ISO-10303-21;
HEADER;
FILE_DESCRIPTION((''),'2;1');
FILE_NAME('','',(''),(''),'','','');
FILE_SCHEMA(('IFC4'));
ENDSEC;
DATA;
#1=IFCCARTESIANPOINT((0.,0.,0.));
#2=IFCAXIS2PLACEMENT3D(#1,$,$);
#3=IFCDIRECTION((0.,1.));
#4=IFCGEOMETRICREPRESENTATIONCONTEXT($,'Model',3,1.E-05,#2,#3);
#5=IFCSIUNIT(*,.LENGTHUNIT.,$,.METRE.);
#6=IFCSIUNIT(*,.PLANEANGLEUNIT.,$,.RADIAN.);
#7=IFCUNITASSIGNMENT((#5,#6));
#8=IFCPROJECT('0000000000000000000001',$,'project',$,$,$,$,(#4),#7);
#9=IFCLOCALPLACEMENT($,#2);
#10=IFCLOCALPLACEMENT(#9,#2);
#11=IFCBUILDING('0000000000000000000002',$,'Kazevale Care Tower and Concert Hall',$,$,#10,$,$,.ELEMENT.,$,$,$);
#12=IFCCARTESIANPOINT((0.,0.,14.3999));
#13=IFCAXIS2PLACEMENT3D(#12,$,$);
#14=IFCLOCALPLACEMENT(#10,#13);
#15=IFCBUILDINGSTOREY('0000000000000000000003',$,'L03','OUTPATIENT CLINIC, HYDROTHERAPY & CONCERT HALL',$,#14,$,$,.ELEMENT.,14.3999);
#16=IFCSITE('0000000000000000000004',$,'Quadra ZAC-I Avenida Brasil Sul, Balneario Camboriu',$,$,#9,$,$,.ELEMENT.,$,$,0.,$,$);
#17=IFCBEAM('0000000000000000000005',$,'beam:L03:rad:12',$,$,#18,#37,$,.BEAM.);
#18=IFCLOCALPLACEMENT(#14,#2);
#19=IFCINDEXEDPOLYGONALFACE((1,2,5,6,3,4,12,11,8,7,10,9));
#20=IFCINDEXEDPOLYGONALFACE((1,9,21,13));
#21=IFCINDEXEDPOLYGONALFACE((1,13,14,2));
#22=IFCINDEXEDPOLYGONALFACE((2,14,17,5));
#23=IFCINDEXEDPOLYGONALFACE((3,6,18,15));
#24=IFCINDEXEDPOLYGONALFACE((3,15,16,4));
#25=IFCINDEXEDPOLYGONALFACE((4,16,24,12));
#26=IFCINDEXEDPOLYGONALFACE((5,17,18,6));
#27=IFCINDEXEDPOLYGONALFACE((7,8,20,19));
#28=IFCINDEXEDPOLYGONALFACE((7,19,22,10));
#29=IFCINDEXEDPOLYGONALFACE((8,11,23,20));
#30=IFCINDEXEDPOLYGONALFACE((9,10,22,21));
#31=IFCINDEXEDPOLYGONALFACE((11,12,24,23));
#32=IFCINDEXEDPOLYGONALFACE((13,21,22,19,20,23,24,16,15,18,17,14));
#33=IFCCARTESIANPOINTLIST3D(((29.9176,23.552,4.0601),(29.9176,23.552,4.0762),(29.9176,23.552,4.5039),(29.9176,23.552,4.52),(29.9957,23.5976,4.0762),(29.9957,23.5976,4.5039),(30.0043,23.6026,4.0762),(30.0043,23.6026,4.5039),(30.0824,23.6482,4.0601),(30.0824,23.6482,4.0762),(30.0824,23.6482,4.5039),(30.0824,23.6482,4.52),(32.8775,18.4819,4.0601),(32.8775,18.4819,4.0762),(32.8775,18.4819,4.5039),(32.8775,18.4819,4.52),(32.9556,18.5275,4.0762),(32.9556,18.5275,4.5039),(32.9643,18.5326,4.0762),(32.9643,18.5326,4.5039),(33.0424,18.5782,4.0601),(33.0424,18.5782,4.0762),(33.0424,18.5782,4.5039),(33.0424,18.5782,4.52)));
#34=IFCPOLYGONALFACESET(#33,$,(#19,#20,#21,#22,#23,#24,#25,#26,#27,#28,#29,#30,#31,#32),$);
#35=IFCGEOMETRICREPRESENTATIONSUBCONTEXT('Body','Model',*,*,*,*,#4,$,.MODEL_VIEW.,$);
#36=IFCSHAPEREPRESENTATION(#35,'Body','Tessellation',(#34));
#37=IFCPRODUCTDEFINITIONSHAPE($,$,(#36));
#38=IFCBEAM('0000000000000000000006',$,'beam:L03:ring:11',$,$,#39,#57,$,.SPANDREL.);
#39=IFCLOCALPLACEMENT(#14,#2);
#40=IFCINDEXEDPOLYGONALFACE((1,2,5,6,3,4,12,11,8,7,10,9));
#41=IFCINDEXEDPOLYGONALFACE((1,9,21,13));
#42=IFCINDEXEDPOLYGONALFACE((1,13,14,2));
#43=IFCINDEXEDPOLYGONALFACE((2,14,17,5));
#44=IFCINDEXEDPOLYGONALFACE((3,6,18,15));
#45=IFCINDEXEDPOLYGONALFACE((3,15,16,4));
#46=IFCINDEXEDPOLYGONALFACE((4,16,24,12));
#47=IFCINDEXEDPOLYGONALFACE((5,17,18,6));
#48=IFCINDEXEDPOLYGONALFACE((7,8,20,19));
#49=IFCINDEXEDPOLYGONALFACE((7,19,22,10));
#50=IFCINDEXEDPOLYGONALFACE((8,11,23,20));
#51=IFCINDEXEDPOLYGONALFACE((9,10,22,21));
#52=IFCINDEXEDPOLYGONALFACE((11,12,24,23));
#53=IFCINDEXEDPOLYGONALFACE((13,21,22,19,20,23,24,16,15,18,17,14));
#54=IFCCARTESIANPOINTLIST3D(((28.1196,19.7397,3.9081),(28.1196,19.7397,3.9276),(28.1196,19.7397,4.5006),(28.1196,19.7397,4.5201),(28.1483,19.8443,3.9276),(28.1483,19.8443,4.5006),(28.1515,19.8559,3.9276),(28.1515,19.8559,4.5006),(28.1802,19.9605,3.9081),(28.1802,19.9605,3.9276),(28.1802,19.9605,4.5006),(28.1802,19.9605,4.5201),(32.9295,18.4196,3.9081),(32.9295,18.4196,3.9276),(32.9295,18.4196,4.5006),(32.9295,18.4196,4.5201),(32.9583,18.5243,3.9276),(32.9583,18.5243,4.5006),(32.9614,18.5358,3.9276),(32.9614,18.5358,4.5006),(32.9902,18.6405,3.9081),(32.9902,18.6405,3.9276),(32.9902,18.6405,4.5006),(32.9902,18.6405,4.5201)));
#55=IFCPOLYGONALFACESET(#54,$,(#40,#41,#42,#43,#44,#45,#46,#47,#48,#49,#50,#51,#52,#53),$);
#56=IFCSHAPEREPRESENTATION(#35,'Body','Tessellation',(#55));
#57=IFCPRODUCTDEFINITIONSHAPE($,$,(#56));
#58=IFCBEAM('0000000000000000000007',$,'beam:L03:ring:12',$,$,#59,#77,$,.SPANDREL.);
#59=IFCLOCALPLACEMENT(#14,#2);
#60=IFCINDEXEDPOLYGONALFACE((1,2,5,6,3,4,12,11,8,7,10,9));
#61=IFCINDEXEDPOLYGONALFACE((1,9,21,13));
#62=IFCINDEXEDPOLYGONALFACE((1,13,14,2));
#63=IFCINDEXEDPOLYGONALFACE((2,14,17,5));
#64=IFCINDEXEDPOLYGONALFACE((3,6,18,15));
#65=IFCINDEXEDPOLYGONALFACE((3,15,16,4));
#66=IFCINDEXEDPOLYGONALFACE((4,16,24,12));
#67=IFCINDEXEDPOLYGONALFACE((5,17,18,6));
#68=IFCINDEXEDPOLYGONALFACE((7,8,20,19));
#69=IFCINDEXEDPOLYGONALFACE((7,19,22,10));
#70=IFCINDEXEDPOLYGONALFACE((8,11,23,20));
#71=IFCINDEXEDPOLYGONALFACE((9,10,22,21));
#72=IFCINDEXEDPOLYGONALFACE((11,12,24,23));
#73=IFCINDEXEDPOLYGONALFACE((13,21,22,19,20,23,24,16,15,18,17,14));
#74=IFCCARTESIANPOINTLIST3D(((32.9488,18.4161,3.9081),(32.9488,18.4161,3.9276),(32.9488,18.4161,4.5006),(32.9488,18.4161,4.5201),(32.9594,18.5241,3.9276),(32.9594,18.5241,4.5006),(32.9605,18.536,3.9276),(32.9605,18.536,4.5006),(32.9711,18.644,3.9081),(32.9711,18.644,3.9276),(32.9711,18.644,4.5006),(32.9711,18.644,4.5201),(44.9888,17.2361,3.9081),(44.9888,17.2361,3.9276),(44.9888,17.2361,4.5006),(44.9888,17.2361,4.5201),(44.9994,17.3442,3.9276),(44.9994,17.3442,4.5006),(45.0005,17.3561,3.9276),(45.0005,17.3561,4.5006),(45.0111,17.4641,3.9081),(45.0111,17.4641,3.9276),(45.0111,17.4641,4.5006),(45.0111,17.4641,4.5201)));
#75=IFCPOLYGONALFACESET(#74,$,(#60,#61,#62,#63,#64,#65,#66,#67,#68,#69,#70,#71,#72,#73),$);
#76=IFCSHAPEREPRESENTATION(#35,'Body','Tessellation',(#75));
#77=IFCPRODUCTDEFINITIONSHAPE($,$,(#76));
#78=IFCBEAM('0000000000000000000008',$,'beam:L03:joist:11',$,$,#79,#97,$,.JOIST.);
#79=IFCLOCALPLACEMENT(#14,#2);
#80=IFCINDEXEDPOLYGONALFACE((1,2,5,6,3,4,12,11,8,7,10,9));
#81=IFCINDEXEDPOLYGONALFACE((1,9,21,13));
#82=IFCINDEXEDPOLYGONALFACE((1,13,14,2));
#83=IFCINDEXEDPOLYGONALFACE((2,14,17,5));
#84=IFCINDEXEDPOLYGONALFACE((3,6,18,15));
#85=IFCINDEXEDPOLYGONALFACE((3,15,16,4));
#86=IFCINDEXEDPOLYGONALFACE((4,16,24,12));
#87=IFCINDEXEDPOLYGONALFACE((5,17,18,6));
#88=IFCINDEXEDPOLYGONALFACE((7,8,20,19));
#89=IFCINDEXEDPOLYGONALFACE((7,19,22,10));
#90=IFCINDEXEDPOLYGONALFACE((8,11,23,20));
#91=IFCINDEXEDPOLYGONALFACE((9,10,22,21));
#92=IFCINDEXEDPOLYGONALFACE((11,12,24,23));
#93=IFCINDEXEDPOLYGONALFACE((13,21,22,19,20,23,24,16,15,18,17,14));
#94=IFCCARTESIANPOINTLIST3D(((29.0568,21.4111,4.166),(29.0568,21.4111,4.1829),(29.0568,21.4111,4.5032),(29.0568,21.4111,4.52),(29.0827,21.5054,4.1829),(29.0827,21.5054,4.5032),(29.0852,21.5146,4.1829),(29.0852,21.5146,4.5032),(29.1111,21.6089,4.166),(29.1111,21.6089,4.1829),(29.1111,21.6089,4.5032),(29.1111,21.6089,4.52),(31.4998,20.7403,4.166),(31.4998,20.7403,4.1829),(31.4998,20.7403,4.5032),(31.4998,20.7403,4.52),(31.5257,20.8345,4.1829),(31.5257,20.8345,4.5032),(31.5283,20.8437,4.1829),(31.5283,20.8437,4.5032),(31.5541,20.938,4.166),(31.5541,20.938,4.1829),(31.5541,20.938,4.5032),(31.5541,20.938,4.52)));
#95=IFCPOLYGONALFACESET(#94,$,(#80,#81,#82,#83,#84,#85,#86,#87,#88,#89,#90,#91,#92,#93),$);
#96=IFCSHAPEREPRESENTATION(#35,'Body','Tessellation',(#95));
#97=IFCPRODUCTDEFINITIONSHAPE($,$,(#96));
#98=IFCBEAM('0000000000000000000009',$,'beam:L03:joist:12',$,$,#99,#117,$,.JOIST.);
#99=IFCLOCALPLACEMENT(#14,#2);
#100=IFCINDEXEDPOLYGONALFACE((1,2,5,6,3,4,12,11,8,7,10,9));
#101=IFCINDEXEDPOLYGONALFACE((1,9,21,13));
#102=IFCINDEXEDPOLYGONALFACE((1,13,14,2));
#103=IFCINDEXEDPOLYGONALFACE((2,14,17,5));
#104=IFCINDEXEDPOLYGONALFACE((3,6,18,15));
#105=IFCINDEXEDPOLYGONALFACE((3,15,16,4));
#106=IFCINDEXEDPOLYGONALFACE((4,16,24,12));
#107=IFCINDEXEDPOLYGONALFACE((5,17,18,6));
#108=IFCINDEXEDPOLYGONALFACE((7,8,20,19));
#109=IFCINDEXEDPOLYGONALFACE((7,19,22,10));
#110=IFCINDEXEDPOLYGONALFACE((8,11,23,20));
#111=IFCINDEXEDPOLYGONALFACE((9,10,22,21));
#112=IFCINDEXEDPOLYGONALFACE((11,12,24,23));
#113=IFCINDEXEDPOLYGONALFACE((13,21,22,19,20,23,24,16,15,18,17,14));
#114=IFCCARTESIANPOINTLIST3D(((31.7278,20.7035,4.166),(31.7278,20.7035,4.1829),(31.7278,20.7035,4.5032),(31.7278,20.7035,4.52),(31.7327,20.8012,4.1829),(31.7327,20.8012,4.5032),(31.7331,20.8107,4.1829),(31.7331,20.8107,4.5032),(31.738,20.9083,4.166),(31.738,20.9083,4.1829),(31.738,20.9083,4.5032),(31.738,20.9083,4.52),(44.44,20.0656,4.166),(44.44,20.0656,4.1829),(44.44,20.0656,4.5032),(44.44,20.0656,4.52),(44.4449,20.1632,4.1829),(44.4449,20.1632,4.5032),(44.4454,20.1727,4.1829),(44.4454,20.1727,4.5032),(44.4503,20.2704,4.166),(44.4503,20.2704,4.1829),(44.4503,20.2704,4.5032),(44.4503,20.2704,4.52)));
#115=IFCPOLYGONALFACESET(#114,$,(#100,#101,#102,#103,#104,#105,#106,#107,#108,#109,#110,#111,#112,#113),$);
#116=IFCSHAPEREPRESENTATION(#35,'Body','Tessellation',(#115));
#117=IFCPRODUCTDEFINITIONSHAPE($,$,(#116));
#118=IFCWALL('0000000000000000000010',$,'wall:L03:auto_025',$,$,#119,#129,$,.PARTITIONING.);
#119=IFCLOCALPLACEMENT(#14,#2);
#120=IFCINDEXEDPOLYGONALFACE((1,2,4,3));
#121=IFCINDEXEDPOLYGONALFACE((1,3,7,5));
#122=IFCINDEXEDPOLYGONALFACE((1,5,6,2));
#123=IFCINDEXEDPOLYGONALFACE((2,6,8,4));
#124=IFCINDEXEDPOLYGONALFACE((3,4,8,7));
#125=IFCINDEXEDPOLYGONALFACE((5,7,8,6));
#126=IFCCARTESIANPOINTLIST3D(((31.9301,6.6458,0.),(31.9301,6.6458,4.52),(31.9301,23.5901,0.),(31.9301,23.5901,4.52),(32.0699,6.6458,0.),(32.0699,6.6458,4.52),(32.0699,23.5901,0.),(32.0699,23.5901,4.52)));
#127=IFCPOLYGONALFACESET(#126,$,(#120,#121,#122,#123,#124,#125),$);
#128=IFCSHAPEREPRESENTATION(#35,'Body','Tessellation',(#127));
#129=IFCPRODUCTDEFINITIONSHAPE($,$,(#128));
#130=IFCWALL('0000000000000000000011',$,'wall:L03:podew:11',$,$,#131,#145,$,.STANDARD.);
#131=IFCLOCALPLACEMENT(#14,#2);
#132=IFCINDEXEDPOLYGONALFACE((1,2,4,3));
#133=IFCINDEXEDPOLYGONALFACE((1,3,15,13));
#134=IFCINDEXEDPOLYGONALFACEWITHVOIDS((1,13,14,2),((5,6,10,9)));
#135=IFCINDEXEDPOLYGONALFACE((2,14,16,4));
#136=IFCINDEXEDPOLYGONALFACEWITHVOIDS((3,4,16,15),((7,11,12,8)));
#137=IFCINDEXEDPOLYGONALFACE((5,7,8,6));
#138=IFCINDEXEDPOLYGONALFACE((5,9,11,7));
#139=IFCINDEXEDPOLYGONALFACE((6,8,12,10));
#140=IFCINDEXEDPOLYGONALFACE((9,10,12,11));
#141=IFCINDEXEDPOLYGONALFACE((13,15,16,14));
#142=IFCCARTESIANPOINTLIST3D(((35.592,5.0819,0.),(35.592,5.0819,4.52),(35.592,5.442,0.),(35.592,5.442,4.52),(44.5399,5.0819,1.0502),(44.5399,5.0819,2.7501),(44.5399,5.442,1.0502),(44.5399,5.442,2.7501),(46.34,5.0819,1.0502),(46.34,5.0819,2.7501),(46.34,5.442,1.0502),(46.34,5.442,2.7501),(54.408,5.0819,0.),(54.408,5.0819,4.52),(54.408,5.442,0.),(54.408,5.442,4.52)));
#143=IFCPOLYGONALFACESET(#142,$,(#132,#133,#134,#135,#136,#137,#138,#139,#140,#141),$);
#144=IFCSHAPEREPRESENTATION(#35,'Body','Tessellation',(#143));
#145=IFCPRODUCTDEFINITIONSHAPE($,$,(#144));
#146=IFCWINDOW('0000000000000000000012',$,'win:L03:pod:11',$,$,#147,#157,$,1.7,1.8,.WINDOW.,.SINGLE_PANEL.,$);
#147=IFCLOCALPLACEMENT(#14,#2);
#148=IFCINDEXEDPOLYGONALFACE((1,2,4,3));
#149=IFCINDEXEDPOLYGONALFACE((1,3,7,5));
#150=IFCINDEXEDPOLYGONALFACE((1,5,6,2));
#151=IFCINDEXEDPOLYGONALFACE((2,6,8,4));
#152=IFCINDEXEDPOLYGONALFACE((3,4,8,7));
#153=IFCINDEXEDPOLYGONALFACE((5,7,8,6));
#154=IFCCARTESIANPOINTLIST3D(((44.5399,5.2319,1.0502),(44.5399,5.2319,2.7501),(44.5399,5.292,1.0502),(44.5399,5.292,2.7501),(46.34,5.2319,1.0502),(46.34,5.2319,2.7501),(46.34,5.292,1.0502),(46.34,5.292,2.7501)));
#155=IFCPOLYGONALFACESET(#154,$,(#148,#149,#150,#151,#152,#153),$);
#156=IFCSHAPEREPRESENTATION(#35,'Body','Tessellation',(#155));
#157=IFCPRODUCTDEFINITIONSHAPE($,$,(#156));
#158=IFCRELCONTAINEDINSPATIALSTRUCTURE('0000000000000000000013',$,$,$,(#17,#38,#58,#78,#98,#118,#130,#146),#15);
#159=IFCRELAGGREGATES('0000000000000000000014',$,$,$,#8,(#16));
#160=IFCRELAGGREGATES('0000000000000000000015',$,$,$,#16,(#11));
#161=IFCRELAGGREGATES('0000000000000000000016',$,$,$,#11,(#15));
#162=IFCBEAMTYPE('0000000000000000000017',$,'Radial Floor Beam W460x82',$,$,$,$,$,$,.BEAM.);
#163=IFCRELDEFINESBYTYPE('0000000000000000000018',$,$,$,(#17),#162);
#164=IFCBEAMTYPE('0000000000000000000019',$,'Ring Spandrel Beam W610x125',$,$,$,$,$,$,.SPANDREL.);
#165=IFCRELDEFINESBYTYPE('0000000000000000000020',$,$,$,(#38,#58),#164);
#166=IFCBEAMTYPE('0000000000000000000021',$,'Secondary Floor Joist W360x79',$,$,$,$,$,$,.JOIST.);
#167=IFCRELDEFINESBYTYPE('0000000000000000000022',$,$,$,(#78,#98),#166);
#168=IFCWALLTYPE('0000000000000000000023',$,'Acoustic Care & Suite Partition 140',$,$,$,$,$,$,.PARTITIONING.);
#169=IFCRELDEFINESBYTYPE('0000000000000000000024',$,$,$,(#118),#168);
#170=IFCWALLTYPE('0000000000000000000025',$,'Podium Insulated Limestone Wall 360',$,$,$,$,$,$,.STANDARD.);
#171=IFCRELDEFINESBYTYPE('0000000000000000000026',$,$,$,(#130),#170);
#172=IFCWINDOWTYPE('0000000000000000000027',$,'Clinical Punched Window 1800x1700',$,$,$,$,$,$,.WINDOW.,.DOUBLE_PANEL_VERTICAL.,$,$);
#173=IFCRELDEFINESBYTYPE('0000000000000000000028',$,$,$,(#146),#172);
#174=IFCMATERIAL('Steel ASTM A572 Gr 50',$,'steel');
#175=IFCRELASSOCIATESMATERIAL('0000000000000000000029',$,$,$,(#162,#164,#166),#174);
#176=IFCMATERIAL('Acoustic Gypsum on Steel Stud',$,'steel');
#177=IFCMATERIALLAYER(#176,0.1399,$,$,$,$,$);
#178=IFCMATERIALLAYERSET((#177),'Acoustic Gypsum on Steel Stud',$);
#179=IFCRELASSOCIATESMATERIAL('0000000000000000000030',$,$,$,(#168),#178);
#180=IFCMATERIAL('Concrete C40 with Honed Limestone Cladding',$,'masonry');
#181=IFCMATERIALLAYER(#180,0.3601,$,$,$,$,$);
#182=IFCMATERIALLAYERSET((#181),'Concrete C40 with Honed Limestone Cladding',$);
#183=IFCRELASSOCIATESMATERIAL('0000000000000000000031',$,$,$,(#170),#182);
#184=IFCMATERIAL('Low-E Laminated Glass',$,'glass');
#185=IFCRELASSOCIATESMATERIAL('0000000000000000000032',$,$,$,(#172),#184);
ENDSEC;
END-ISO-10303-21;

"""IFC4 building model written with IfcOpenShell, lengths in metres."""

from ifc_helpers import new_model, si_unit, direction, frame, frame_2d, origin, origin_2d, place, context, subcontext, project, spatial, rectangle, i_section, extrude, material, layer, layer_set, material_profile, profile_set, type_object, element, fill, save


model = new_model("IFC4")

# Units and contexts
model_context = context("Model", 3, precision=1e-05, world=origin(), true_north=direction((0.0, 1.0)))
body_context = subcontext(model_context, "Body", "Model", "MODEL_VIEW")
ifc_project = project(units=[si_unit("LENGTHUNIT", "METRE"), si_unit("PLANEANGLEUNIT", "RADIAN")], contexts=[model_context])

# Site, building, storey
site_placement = place(None, origin())
site = spatial("IfcSite", under=ifc_project, at=site_placement, Name="Quadra ZAC-I Avenida Brasil Sul, Balneario Camboriu", CompositionType="ELEMENT", RefElevation=0.0)
building_placement = place(site_placement, origin())
building = spatial("IfcBuilding", under=site, at=building_placement, Name="Kazevale Care Tower and Concert Hall", CompositionType="ELEMENT")
storey_placement = place(building_placement, frame((0.0, 0.0, 14.3999)))
storey = spatial("IfcBuildingStorey", under=building, at=storey_placement, Name="L03", Description="OUTPATIENT CLINIC, HYDROTHERAPY & CONCERT HALL", CompositionType="ELEMENT", Elevation=14.3999)

# Beams
ifc_material_1 = material(Name="Steel ASTM A572 Gr 50", Category="steel")
ifc_material_profile_1 = material_profile(ifc_material_1, i_section(OverallWidth=0.1909, OverallDepth=0.46, WebThickness=0.01, FlangeThickness=0.0161, at=origin_2d()), Name="W460x82")
ifc_profile_set_1 = profile_set([ifc_material_profile_1], Name="Steel ASTM A572 Gr 50")
beam_type_1 = type_object("IfcBeamType", Name="Radial Floor Beam W460x82", PredefinedType="BEAM", material=ifc_profile_set_1)
beam_1_placement = place(storey_placement, frame((30.0, 23.6001, 4.29), z_axis=(0.504179, -0.863599, 0.0), x_axis=(0.863599, 0.504179, 0.0)))
element("IfcBeam", 1, at=beam_1_placement, inside=storey, type_object=beam_type_1, Name="beam:L03:rad:12", PredefinedType="BEAM", context=body_context, shape_type="SweptSolid", body=[
    extrude(i_section(OverallWidth=0.1909, OverallDepth=0.46, WebThickness=0.01, FlangeThickness=0.0161, at=origin_2d()), origin(), (0.0, 0.0, 1.0), 5.8708),
])
ifc_material_profile_2 = material_profile(ifc_material_1, i_section(OverallWidth=0.229, OverallDepth=0.6121, WebThickness=0.012, FlangeThickness=0.0195, at=origin_2d()), Name="W610x125")
ifc_profile_set_2 = profile_set([ifc_material_profile_2], Name="Steel ASTM A572 Gr 50")
beam_type_2 = type_object("IfcBeamType", Name="Ring Spandrel Beam W610x125", PredefinedType="SPANDREL", material=ifc_profile_set_2)
beam_2_placement = place(storey_placement, frame((28.1499, 19.8501, 4.2141), z_axis=(0.964344, -0.264654, 0.0), x_axis=(0.264654, 0.964344, 0.0)))
element("IfcBeam", 2, at=beam_2_placement, inside=storey, type_object=beam_type_2, Name="beam:L03:ring:11", PredefinedType="SPANDREL", context=body_context, shape_type="SweptSolid", body=[
    extrude(i_section(OverallWidth=0.229, OverallDepth=0.6121, WebThickness=0.012, FlangeThickness=0.0195, at=origin_2d()), origin(), (0.0, 0.0, 1.0), 4.9878),
])
beam_3_placement = place(storey_placement, frame((32.96, 18.53, 4.2141), z_axis=(0.995232, -0.097533, 0.0), x_axis=(0.097533, 0.995232, 0.0)))
element("IfcBeam", 3, at=beam_3_placement, inside=storey, type_object=beam_type_2, Name="beam:L03:ring:12", PredefinedType="SPANDREL", context=body_context, shape_type="SweptSolid", body=[
    extrude(i_section(OverallWidth=0.229, OverallDepth=0.6121, WebThickness=0.012, FlangeThickness=0.0195, at=origin_2d()), origin(), (0.0, 0.0, 1.0), 12.0977),
])
ifc_material_profile_3 = material_profile(ifc_material_1, i_section(OverallWidth=0.2051, OverallDepth=0.354, WebThickness=0.0095, FlangeThickness=0.0168, at=origin_2d()), Name="W360x79")
ifc_profile_set_3 = profile_set([ifc_material_profile_3], Name="Steel ASTM A572 Gr 50")
beam_type_3 = type_object("IfcBeamType", Name="Secondary Floor Joist W360x79", PredefinedType="JOIST", material=ifc_profile_set_3)
beam_4_placement = place(storey_placement, frame((29.084, 21.51, 4.343), z_axis=(0.964302, -0.264805, 0.0), x_axis=(0.264805, 0.964302, 0.0)))
element("IfcBeam", 4, at=beam_4_placement, inside=storey, type_object=beam_type_3, Name="beam:L03:joist:11", PredefinedType="JOIST", context=body_context, shape_type="SweptSolid", body=[
    extrude(i_section(OverallWidth=0.2051, OverallDepth=0.354, WebThickness=0.0095, FlangeThickness=0.0168, at=origin_2d()), origin(), (0.0, 0.0, 1.0), 2.5334),
])
beam_5_placement = place(storey_placement, frame((31.7329, 20.8059, 4.343), z_axis=(0.998743, -0.05012, 0.0), x_axis=(0.05012, 0.998743, 0.0)))
element("IfcBeam", 5, at=beam_5_placement, inside=storey, type_object=beam_type_3, Name="beam:L03:joist:12", PredefinedType="JOIST", context=body_context, shape_type="SweptSolid", body=[
    extrude(i_section(OverallWidth=0.2051, OverallDepth=0.354, WebThickness=0.0095, FlangeThickness=0.0168, at=origin_2d()), origin(), (0.0, 0.0, 1.0), 12.7283),
])

# Wall
ifc_material_2 = material(Name="Acoustic Gypsum on Steel Stud", Category="steel")
ifc_layer_1 = layer(ifc_material_2, 0.1399)
ifc_layer_set_1 = layer_set([ifc_layer_1], Name="Acoustic Gypsum on Steel Stud")
wall_type_1 = type_object("IfcWallType", Name="Acoustic Care & Suite Partition 140", PredefinedType="PARTITIONING", material=ifc_layer_set_1)
wall_1_placement = place(storey_placement, frame((32.0, 23.5901, 0.0), z_axis=(0.0, 0.0, 1.0), x_axis=(0.0, -1.0, 0.0)))
element("IfcWall", 6, at=wall_1_placement, inside=storey, type_object=wall_type_1, Name="wall:L03:auto_025", PredefinedType="PARTITIONING", context=body_context, shape_type="SweptSolid", body=[
    extrude(rectangle(XDim=16.9443, YDim=0.1399, at=frame_2d((8.4722, 0.0))), origin(), (0.0, 0.0, 1.0), 4.52),
])

# Wall, opening, window
ifc_material_3 = material(Name="Concrete C40 with Honed Limestone Cladding", Category="masonry")
ifc_layer_2 = layer(ifc_material_3, 0.3601)
ifc_layer_set_2 = layer_set([ifc_layer_2], Name="Concrete C40 with Honed Limestone Cladding")
wall_type_2 = type_object("IfcWallType", Name="Podium Insulated Limestone Wall 360", PredefinedType="STANDARD", material=ifc_layer_set_2)
wall_2_placement = place(storey_placement, frame((35.592, 5.262, 0.0), z_axis=(0.0, 0.0, 1.0), x_axis=(1.0, 0.0, 0.0)))
wall_2 = element("IfcWall", 7, at=wall_2_placement, inside=storey, type_object=wall_type_2, Name="wall:L03:podew:11", PredefinedType="STANDARD", context=body_context, shape_type="SweptSolid", body=[
    extrude(rectangle(XDim=18.8159, YDim=0.3601, at=frame_2d((9.408, 0.0))), origin(), (0.0, 0.0, 1.0), 4.52),
])
opening_placement = place(wall_2_placement, frame((8.948, 0.0, 1.05)))
opening = element("IfcOpeningElement", 8, at=opening_placement, cuts=wall_2, PredefinedType="OPENING", context=body_context, shape_type="SweptSolid", body=[
    extrude(rectangle(XDim=1.8, YDim=1.7, at=frame_2d((0.8999, 0.8501))), frame((0.0, 0.1899, 0.0), z_axis=(0.0, -1.0, 0.0), x_axis=(1.0, 0.0, 0.0)), (0.0, 0.0, 1.0), 0.3801),
])
ifc_material_4 = material(Name="Low-E Laminated Glass", Category="glass")
window_type = type_object("IfcWindowType", Name="Clinical Punched Window 1800x1700", PartitioningType="DOUBLE_PANEL_VERTICAL", PredefinedType="WINDOW", material=ifc_material_4)
window_placement = place(opening_placement, origin())
window = element("IfcWindow", 9, at=window_placement, inside=storey, type_object=window_type, Name="win:L03:pod:11", OverallHeight=1.7, OverallWidth=1.8, PartitioningType="SINGLE_PANEL", PredefinedType="WINDOW", context=body_context, shape_type="SweptSolid", body=[
    extrude(rectangle(XDim=1.8, YDim=1.7, at=frame_2d((0.8999, 0.8501))), frame((0.0, 0.03, 0.0), z_axis=(0.0, -1.0, 0.0), x_axis=(1.0, 0.0, 0.0)), (0.0, 0.0, 1.0), 0.0601),
])
fill(opening, window)

save(model, "model.ifc")
